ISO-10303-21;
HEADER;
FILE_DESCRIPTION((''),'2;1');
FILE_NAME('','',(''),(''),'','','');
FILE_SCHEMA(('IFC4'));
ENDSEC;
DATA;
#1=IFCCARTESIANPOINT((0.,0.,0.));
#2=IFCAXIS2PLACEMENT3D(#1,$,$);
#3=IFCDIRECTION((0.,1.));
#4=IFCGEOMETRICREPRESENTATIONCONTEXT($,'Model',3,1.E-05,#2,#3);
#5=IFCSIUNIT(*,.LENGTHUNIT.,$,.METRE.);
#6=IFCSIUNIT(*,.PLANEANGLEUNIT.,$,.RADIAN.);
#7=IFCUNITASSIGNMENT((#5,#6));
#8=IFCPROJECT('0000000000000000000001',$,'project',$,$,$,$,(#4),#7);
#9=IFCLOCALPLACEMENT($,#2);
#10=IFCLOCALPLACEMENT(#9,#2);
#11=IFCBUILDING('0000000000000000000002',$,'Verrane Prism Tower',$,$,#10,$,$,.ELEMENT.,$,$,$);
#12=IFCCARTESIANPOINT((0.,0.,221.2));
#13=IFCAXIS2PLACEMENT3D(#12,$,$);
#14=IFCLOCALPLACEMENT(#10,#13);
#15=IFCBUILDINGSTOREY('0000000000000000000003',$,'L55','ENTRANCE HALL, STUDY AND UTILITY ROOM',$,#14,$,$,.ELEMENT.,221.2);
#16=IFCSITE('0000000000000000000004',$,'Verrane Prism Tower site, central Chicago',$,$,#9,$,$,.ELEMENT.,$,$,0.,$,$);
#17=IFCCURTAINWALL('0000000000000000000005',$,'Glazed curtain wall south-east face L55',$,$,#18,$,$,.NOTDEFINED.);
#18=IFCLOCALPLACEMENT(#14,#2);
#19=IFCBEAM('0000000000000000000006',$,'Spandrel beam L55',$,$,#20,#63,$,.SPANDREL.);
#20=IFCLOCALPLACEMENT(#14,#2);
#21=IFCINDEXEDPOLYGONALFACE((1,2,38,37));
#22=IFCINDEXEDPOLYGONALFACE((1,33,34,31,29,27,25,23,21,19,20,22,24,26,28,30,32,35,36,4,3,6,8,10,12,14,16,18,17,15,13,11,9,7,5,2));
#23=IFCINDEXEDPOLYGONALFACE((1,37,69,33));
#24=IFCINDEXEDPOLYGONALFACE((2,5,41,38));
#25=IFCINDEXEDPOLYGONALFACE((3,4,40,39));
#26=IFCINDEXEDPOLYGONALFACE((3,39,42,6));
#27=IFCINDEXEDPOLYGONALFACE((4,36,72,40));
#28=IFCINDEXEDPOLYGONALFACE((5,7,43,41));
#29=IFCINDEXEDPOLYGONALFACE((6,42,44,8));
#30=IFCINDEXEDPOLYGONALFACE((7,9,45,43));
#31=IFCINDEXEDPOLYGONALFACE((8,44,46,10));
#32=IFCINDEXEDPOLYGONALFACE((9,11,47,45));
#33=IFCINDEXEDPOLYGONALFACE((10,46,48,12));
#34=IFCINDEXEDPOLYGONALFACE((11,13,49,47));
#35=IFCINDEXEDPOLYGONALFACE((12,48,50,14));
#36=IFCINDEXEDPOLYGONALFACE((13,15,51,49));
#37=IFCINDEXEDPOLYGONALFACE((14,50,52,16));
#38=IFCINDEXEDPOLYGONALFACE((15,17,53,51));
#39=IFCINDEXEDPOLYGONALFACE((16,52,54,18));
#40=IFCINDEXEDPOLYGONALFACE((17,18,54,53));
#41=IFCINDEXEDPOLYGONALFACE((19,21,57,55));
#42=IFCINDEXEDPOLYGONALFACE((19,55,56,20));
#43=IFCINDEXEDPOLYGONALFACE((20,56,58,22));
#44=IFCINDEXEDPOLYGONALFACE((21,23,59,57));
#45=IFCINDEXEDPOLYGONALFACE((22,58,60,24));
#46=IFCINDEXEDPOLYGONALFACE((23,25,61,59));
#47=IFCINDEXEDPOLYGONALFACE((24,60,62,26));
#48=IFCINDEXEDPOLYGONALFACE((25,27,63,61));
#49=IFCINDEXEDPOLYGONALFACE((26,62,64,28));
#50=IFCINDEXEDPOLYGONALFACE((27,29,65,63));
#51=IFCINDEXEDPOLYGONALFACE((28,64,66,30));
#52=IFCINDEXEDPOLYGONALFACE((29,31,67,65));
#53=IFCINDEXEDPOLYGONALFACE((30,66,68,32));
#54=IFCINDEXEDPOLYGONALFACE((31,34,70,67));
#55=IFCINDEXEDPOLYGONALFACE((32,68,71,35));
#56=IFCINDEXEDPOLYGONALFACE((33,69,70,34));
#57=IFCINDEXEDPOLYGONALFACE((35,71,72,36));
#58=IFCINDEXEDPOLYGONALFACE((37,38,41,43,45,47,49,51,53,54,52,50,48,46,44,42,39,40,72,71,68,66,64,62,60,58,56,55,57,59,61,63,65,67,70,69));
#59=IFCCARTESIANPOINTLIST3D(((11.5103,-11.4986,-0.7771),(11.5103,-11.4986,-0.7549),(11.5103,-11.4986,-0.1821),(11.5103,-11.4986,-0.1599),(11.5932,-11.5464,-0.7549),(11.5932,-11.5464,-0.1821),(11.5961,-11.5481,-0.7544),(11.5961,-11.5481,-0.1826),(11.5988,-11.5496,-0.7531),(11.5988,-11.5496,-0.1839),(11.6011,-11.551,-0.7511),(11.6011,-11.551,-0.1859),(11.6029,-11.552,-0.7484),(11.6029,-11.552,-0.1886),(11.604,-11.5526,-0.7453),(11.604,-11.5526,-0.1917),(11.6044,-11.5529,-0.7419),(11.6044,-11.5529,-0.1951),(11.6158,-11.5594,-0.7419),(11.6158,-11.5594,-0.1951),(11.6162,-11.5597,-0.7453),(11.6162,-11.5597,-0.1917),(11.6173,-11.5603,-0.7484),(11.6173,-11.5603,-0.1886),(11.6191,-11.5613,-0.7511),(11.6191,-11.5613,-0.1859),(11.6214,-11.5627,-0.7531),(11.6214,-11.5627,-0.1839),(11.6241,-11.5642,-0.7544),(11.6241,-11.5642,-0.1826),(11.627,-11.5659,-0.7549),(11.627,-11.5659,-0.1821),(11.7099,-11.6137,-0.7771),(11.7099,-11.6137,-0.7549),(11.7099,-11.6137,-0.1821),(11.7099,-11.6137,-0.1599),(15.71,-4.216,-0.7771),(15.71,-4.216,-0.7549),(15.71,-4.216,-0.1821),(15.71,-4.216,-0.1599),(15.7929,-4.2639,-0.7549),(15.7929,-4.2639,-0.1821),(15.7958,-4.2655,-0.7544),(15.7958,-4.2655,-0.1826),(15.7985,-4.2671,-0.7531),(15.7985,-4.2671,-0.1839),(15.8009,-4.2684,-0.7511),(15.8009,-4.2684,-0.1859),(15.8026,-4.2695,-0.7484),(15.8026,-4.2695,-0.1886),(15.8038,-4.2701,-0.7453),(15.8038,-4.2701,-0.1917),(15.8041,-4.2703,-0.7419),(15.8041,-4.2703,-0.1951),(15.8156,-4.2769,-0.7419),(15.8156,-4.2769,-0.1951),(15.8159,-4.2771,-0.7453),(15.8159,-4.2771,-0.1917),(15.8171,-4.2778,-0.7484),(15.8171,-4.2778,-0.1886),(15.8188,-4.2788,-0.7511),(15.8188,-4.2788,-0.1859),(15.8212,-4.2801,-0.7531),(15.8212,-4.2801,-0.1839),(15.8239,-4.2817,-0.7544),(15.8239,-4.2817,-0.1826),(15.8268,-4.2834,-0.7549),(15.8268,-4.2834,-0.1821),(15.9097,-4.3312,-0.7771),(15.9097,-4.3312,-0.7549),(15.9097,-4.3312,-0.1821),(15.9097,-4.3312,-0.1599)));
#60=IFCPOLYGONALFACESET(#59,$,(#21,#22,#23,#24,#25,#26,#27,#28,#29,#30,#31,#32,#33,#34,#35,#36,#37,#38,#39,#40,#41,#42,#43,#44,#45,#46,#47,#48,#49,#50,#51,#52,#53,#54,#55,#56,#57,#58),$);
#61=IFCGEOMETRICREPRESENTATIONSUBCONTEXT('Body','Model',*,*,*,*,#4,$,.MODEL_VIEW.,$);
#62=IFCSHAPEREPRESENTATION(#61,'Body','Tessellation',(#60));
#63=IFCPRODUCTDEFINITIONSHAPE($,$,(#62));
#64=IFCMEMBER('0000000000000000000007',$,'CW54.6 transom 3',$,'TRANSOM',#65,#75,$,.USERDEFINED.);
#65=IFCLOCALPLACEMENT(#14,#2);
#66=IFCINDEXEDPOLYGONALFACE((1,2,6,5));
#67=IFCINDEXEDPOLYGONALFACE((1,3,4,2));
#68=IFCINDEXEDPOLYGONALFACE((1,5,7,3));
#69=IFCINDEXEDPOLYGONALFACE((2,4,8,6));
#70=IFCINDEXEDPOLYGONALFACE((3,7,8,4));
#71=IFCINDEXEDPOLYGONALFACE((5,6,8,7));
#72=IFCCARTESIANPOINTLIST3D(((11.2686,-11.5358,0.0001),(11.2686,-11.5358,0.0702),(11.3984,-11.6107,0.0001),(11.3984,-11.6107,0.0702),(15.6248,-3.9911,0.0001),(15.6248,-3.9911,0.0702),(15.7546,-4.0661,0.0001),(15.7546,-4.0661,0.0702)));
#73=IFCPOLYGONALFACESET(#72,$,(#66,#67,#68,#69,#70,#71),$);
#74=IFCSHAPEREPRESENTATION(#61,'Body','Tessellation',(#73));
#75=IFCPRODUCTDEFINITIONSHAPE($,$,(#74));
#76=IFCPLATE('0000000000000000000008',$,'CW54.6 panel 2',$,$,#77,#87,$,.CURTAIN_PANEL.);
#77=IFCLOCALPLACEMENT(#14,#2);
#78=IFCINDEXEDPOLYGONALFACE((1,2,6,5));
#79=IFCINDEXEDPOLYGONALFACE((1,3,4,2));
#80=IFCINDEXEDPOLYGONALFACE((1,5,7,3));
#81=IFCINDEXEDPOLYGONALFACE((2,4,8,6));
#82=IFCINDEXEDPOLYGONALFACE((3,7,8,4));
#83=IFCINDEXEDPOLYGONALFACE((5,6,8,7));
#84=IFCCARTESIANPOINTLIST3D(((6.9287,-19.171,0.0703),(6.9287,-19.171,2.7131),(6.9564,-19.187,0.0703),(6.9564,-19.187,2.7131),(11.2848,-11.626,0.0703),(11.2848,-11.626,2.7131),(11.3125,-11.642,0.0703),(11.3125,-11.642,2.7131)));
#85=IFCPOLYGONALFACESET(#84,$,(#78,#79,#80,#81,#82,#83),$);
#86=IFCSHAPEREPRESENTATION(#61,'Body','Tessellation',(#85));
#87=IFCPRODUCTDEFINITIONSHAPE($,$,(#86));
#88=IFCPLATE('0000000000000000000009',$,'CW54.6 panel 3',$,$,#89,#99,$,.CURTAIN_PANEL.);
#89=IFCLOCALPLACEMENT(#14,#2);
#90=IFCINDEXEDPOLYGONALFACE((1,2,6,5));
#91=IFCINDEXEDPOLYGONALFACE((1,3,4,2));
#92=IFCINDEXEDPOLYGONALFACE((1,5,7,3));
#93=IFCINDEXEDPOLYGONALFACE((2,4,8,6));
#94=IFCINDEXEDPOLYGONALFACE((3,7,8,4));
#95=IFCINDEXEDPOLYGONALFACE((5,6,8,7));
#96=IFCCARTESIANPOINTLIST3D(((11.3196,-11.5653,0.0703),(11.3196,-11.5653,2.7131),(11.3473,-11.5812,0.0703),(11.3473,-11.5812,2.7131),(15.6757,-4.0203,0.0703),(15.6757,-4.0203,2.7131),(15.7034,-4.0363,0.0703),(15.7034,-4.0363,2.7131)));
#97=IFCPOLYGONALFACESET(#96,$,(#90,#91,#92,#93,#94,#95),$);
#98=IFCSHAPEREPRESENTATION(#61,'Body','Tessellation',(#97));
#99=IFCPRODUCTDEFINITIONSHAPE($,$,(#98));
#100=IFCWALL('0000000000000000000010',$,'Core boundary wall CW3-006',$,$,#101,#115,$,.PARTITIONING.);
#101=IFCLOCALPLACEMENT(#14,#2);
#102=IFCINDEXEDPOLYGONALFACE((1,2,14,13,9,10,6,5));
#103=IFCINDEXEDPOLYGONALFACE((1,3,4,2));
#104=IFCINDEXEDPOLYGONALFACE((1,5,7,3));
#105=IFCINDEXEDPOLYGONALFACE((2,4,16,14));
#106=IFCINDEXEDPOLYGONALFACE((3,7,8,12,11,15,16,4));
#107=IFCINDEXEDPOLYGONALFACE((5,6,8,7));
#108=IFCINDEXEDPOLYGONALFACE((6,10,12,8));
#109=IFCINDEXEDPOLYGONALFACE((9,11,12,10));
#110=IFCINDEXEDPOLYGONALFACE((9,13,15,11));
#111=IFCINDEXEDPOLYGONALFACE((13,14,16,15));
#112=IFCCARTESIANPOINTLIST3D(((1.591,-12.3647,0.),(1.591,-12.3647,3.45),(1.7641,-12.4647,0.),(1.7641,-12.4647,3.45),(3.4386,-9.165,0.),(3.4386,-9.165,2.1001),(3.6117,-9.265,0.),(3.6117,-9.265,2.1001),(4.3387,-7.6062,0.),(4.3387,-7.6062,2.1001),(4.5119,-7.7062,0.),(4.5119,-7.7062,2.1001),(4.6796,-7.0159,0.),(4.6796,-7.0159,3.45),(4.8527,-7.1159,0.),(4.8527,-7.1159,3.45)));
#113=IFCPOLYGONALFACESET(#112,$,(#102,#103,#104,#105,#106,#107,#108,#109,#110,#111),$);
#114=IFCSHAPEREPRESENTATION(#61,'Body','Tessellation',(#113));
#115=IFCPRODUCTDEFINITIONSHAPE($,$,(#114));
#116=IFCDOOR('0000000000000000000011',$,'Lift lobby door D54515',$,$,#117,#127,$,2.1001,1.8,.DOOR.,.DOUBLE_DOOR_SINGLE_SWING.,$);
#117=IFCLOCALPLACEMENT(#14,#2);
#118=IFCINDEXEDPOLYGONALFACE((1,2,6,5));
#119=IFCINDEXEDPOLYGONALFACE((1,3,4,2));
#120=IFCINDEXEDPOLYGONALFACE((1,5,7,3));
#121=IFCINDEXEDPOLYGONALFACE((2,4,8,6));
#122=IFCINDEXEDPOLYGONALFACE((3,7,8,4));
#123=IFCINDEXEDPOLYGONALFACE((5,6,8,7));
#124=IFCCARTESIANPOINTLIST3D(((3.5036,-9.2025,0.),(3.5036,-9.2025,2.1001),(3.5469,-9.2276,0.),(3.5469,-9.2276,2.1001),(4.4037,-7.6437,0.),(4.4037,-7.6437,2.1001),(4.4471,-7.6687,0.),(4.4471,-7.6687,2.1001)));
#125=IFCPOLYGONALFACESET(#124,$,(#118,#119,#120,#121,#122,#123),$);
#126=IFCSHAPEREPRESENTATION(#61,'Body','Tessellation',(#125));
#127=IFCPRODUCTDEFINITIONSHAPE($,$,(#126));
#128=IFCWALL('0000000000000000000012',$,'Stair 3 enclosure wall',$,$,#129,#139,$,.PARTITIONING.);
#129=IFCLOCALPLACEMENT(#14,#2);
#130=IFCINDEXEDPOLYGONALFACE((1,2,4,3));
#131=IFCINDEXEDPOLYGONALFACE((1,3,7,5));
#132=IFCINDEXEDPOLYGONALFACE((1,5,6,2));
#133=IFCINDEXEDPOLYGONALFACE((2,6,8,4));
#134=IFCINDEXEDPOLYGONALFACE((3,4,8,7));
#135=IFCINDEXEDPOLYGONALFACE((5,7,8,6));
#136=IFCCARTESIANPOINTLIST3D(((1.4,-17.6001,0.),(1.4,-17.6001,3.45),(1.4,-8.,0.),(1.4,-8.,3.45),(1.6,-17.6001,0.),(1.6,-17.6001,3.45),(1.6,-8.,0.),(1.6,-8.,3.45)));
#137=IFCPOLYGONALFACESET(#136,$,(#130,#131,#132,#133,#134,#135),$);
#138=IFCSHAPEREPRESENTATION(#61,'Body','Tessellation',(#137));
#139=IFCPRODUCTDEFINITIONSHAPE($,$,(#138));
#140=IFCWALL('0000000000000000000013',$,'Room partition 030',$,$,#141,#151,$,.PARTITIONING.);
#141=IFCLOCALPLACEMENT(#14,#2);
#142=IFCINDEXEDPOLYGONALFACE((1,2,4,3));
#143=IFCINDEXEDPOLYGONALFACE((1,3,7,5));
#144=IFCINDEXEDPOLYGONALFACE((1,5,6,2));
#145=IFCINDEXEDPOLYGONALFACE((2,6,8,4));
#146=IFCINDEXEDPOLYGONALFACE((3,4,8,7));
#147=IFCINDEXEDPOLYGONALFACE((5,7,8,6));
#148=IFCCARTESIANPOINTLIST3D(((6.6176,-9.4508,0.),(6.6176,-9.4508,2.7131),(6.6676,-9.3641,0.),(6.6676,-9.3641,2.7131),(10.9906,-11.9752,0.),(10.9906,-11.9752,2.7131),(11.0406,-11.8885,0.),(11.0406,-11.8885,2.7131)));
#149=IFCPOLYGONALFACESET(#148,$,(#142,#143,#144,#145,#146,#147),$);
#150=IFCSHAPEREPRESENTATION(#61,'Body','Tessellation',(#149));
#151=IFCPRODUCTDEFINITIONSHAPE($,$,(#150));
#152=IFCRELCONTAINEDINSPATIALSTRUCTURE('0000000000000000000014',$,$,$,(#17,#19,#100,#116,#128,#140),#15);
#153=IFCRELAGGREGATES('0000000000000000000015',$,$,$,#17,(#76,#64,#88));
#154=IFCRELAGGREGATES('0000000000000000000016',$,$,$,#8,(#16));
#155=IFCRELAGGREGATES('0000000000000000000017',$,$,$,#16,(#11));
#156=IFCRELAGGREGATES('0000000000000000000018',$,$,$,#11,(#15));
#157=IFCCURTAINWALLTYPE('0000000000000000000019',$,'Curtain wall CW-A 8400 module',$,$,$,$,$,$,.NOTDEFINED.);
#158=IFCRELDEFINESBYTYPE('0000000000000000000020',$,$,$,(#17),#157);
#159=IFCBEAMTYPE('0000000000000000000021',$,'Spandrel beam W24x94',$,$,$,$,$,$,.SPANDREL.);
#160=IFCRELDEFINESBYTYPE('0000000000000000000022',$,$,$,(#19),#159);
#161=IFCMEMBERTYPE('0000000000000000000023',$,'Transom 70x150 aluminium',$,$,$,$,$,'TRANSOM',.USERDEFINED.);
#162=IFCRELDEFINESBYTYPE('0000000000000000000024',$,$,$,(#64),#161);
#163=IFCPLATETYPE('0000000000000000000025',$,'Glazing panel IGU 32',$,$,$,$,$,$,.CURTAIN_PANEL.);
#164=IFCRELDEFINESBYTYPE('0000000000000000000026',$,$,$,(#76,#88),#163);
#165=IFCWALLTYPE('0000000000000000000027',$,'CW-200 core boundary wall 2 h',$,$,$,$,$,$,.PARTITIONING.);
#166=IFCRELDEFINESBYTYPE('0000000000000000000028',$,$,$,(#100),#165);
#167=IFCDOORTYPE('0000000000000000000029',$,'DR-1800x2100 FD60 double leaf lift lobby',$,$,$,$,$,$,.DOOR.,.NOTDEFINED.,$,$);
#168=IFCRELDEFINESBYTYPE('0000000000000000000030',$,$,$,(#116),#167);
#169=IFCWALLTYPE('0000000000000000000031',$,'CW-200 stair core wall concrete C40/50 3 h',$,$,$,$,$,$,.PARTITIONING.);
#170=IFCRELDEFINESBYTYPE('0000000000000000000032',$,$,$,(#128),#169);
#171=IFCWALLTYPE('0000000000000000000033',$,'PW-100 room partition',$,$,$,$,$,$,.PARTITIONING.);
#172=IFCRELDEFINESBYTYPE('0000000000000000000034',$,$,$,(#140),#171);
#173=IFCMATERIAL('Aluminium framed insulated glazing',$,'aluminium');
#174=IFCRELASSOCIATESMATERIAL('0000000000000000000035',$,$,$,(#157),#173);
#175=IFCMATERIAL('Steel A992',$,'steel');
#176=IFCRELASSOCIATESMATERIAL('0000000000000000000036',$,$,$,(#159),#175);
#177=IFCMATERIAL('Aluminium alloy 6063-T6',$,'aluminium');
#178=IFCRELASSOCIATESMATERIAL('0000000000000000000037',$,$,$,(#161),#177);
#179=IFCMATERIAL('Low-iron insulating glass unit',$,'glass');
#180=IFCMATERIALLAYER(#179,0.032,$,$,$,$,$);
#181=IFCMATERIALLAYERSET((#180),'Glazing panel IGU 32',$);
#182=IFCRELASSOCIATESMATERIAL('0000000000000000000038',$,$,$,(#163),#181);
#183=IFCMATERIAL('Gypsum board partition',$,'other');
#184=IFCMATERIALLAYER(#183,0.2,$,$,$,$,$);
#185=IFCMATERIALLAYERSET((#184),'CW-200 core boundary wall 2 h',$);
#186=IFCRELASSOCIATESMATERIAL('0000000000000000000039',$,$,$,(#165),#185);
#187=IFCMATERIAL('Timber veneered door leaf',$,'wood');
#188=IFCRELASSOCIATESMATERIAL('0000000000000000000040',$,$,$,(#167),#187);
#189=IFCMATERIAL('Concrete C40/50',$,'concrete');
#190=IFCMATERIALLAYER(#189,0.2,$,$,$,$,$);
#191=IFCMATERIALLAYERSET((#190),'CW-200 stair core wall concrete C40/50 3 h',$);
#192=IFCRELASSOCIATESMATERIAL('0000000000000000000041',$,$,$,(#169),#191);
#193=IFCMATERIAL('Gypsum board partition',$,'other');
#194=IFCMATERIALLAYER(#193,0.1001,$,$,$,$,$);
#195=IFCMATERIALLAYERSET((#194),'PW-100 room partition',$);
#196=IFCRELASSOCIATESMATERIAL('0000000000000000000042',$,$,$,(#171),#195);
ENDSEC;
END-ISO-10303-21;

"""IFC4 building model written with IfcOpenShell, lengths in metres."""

from ifc_helpers import new_model, si_unit, direction, frame, frame_2d, origin, origin_2d, place, context, subcontext, project, spatial, rectangle, i_section, extrude, material, layer, layer_set, material_profile, profile_set, type_object, element, fill, aggregate, save


model = new_model("IFC4")

# Units and contexts
model_context = context("Model", 3, precision=1e-05, world=origin(), true_north=direction((0.0, 1.0)))
body_context = subcontext(model_context, "Body", "Model", "MODEL_VIEW")
ifc_project = project(units=[si_unit("LENGTHUNIT", "METRE"), si_unit("PLANEANGLEUNIT", "RADIAN")], contexts=[model_context])

# Site, building, storey
site_placement = place(None, origin())
site = spatial("IfcSite", under=ifc_project, at=site_placement, Name="Verrane Prism Tower site, central Chicago", CompositionType="ELEMENT", RefElevation=0.0)
building_placement = place(site_placement, origin())
building = spatial("IfcBuilding", under=site, at=building_placement, Name="Verrane Prism Tower", CompositionType="ELEMENT")
storey_placement = place(building_placement, frame((0.0, 0.0, 221.2)))
storey = spatial("IfcBuildingStorey", under=building, at=storey_placement, Name="L55", Description="ENTRANCE HALL, STUDY AND UTILITY ROOM", CompositionType="ELEMENT", Elevation=221.2)

# Curtain wall
ifc_material_1 = material(Name="Aluminium framed insulated glazing", Category="aluminium")
curtain_wall_type = type_object("IfcCurtainWallType", Name="Curtain wall CW-A 8400 module", PredefinedType="NOTDEFINED", material=ifc_material_1)
curtain_wall_placement = place(storey_placement, origin())
curtain_wall = element("IfcCurtainWall", 1, at=curtain_wall_placement, inside=storey, type_object=curtain_wall_type, Name="Glazed curtain wall south-east face L55", PredefinedType="NOTDEFINED")

# Beam
ifc_material_2 = material(Name="Steel A992", Category="steel")
ifc_material_profile_1 = material_profile(ifc_material_2, i_section(OverallWidth=0.2305, OverallDepth=0.6172, WebThickness=0.0132, FlangeThickness=0.0222, FilletRadius=0.0129, at=origin_2d()), Name="W24x94")
ifc_profile_set_1 = profile_set([ifc_material_profile_1], Name="Steel A992")
beam_type_1 = type_object("IfcBeamType", Name="Spandrel beam W24x94", PredefinedType="SPANDREL", material=ifc_profile_set_1)
beam_1_placement = place(storey_placement, frame((11.6101, -11.5562, -0.4685), z_axis=(0.499569, 0.866274, 0.0), x_axis=(-0.866274, 0.499569, 0.0)))
element("IfcBeam", 2, at=beam_1_placement, inside=storey, type_object=beam_type_1, Name="Spandrel beam L55", PredefinedType="SPANDREL", context=body_context, shape_type="SweptSolid", body=[
    extrude(i_section(OverallWidth=0.2305, OverallDepth=0.6172, WebThickness=0.0132, FlangeThickness=0.0222, FilletRadius=0.0129, at=origin_2d()), origin(), (0.0, 0.0, 1.0), 8.4067),
])

# Member
ifc_material_3 = material(Name="Aluminium alloy 6063-T6", Category="aluminium")
ifc_material_profile_2 = material_profile(ifc_material_3, rectangle(XDim=0.1499, YDim=0.0701, at=origin_2d()), Name="Transom 70x150 aluminium")
ifc_profile_set_2 = profile_set([ifc_material_profile_2], Name="Aluminium alloy 6063-T6")
member_type_1 = type_object("IfcMemberType", Name="Transom 70x150 aluminium", ElementType="TRANSOM", PredefinedType="USERDEFINED", material=ifc_profile_set_2)
member_1_placement = place(storey_placement, frame((11.3335, -11.5732, 0.0352), z_axis=(0.500024, 0.866012, 0.0), x_axis=(-0.866012, 0.500024, 0.0)))
member_1 = element("IfcMember", 3, at=member_1_placement, type_object=member_type_1, Name="CW54.6 transom 3", ObjectType="TRANSOM", PredefinedType="USERDEFINED", context=body_context, shape_type="SweptSolid", body=[
    extrude(rectangle(XDim=0.1499, YDim=0.0701, at=origin_2d()), origin(), (0.0, 0.0, 1.0), 8.7119),
])

# Plates
ifc_material_4 = material(Name="Low-iron insulating glass unit", Category="glass")
ifc_layer_1 = layer(ifc_material_4, 0.032)
ifc_layer_set_1 = layer_set([ifc_layer_1], Name="Glazing panel IGU 32")
plate_type = type_object("IfcPlateType", Name="Glazing panel IGU 32", PredefinedType="CURTAIN_PANEL", material=ifc_layer_set_1)
plate_1_placement = place(storey_placement, frame((9.1206, -15.4065, 0.0703), z_axis=(0.0, 0.0, 1.0), x_axis=(0.500001, 0.866025, 0.0)))
plate_1 = element("IfcPlate", 4, at=plate_1_placement, type_object=plate_type, Name="CW54.6 panel 2", PredefinedType="CURTAIN_PANEL", context=body_context, shape_type="SweptSolid", body=[
    extrude(rectangle(XDim=8.7122, YDim=0.032, at=origin_2d()), origin(), (0.0, 0.0, 1.0), 2.6428),
])
plate_2_placement = place(storey_placement, frame((13.5115, -7.8008, 0.0703), z_axis=(0.0, 0.0, 1.0), x_axis=(0.500001, 0.866025, 0.0)))
plate_2 = element("IfcPlate", 5, at=plate_2_placement, type_object=plate_type, Name="CW54.6 panel 3", PredefinedType="CURTAIN_PANEL", context=body_context, shape_type="SweptSolid", body=[
    extrude(rectangle(XDim=8.7122, YDim=0.032, at=origin_2d()), origin(), (0.0, 0.0, 1.0), 2.6428),
])
aggregate(curtain_wall, [plate_1, member_1, plate_2])

# Wall, opening, door
ifc_material_5 = material(Name="Gypsum board partition", Category="other")
ifc_layer_2 = layer(ifc_material_5, 0.2)
ifc_layer_set_2 = layer_set([ifc_layer_2], Name="CW-200 core boundary wall 2 h")
wall_type_1 = type_object("IfcWallType", Name="CW-200 core boundary wall 2 h", PredefinedType="PARTITIONING", material=ifc_layer_set_2)
wall_1_placement = place(storey_placement, frame((1.6775, -12.4148, 0.0), z_axis=(0.0, 0.0, 1.0), x_axis=(0.500054, 0.865994, 0.0)))
wall_1 = element("IfcWall", 6, at=wall_1_placement, inside=storey, type_object=wall_type_1, Name="Core boundary wall CW3-006", PredefinedType="PARTITIONING", context=body_context, shape_type="SweptSolid", body=[
    extrude(rectangle(XDim=6.1765, YDim=0.2, at=frame_2d((3.0884, 0.0))), origin(), (0.0, 0.0, 1.0), 3.45),
])
opening_placement = place(wall_1_placement, frame((3.6951, 0.0, 0.0)))
opening = element("IfcOpeningElement", 7, at=opening_placement, cuts=wall_1, PredefinedType="OPENING", context=body_context, shape_type="SweptSolid", body=[
    extrude(rectangle(XDim=1.8, YDim=2.1001, at=frame_2d((0.8999, 1.05))), frame((0.0, 0.1099, 0.0), z_axis=(0.0, -1.0, 0.0), x_axis=(1.0, 0.0, 0.0)), (0.0, 0.0, 1.0), 0.22),
])
ifc_material_6 = material(Name="Timber veneered door leaf", Category="wood")
door_type = type_object("IfcDoorType", Name="DR-1800x2100 FD60 double leaf lift lobby", OperationType="NOTDEFINED", PredefinedType="DOOR", material=ifc_material_6)
door_placement = place(opening_placement, origin())
door = element("IfcDoor", 8, at=door_placement, inside=storey, type_object=door_type, Name="Lift lobby door D54515", OperationType="DOUBLE_DOOR_SINGLE_SWING", OverallHeight=2.1001, OverallWidth=1.8, PredefinedType="DOOR", context=body_context, shape_type="SweptSolid", body=[
    extrude(rectangle(XDim=1.8, YDim=2.1001, at=frame_2d((0.8999, 1.05))), frame((0.0, 0.0249, 0.0), z_axis=(0.0, -1.0, 0.0), x_axis=(1.0, 0.0, 0.0)), (0.0, 0.0, 1.0), 0.05),
])
fill(opening, door)

# Walls
ifc_material_7 = material(Name="Concrete C40/50", Category="concrete")
ifc_layer_3 = layer(ifc_material_7, 0.2)
ifc_layer_set_3 = layer_set([ifc_layer_3], Name="CW-200 stair core wall concrete C40/50 3 h")
wall_type_2 = type_object("IfcWallType", Name="CW-200 stair core wall concrete C40/50 3 h", PredefinedType="PARTITIONING", material=ifc_layer_set_3)
wall_2_placement = place(storey_placement, frame((1.5, -8.0, 0.0), z_axis=(0.0, 0.0, 1.0), x_axis=(0.0, -1.0, 0.0)))
element("IfcWall", 9, at=wall_2_placement, inside=storey, type_object=wall_type_2, Name="Stair 3 enclosure wall", PredefinedType="PARTITIONING", context=body_context, shape_type="SweptSolid", body=[
    extrude(rectangle(XDim=9.6001, YDim=0.2, at=frame_2d((4.8, 0.0))), origin(), (0.0, 0.0, 1.0), 3.45),
])
ifc_material_8 = material(Name="Gypsum board partition", Category="other")
ifc_layer_4 = layer(ifc_material_8, 0.1001)
ifc_layer_set_4 = layer_set([ifc_layer_4], Name="PW-100 room partition")
wall_type_3 = type_object("IfcWallType", Name="PW-100 room partition", PredefinedType="PARTITIONING", material=ifc_layer_set_4)
wall_3_placement = place(storey_placement, frame((6.6426, -9.4075, 0.0), z_axis=(0.0, 0.0, 1.0), x_axis=(0.866057, -0.499946, 0.0)))
element("IfcWall", 10, at=wall_3_placement, inside=storey, type_object=wall_type_3, Name="Room partition 030", PredefinedType="PARTITIONING", context=body_context, shape_type="SweptSolid", body=[
    extrude(rectangle(XDim=5.0493, YDim=0.1001, at=frame_2d((2.5247, 0.0))), origin(), (0.0, 0.0, 1.0), 2.7131),
])

save(model, "model.ifc")
